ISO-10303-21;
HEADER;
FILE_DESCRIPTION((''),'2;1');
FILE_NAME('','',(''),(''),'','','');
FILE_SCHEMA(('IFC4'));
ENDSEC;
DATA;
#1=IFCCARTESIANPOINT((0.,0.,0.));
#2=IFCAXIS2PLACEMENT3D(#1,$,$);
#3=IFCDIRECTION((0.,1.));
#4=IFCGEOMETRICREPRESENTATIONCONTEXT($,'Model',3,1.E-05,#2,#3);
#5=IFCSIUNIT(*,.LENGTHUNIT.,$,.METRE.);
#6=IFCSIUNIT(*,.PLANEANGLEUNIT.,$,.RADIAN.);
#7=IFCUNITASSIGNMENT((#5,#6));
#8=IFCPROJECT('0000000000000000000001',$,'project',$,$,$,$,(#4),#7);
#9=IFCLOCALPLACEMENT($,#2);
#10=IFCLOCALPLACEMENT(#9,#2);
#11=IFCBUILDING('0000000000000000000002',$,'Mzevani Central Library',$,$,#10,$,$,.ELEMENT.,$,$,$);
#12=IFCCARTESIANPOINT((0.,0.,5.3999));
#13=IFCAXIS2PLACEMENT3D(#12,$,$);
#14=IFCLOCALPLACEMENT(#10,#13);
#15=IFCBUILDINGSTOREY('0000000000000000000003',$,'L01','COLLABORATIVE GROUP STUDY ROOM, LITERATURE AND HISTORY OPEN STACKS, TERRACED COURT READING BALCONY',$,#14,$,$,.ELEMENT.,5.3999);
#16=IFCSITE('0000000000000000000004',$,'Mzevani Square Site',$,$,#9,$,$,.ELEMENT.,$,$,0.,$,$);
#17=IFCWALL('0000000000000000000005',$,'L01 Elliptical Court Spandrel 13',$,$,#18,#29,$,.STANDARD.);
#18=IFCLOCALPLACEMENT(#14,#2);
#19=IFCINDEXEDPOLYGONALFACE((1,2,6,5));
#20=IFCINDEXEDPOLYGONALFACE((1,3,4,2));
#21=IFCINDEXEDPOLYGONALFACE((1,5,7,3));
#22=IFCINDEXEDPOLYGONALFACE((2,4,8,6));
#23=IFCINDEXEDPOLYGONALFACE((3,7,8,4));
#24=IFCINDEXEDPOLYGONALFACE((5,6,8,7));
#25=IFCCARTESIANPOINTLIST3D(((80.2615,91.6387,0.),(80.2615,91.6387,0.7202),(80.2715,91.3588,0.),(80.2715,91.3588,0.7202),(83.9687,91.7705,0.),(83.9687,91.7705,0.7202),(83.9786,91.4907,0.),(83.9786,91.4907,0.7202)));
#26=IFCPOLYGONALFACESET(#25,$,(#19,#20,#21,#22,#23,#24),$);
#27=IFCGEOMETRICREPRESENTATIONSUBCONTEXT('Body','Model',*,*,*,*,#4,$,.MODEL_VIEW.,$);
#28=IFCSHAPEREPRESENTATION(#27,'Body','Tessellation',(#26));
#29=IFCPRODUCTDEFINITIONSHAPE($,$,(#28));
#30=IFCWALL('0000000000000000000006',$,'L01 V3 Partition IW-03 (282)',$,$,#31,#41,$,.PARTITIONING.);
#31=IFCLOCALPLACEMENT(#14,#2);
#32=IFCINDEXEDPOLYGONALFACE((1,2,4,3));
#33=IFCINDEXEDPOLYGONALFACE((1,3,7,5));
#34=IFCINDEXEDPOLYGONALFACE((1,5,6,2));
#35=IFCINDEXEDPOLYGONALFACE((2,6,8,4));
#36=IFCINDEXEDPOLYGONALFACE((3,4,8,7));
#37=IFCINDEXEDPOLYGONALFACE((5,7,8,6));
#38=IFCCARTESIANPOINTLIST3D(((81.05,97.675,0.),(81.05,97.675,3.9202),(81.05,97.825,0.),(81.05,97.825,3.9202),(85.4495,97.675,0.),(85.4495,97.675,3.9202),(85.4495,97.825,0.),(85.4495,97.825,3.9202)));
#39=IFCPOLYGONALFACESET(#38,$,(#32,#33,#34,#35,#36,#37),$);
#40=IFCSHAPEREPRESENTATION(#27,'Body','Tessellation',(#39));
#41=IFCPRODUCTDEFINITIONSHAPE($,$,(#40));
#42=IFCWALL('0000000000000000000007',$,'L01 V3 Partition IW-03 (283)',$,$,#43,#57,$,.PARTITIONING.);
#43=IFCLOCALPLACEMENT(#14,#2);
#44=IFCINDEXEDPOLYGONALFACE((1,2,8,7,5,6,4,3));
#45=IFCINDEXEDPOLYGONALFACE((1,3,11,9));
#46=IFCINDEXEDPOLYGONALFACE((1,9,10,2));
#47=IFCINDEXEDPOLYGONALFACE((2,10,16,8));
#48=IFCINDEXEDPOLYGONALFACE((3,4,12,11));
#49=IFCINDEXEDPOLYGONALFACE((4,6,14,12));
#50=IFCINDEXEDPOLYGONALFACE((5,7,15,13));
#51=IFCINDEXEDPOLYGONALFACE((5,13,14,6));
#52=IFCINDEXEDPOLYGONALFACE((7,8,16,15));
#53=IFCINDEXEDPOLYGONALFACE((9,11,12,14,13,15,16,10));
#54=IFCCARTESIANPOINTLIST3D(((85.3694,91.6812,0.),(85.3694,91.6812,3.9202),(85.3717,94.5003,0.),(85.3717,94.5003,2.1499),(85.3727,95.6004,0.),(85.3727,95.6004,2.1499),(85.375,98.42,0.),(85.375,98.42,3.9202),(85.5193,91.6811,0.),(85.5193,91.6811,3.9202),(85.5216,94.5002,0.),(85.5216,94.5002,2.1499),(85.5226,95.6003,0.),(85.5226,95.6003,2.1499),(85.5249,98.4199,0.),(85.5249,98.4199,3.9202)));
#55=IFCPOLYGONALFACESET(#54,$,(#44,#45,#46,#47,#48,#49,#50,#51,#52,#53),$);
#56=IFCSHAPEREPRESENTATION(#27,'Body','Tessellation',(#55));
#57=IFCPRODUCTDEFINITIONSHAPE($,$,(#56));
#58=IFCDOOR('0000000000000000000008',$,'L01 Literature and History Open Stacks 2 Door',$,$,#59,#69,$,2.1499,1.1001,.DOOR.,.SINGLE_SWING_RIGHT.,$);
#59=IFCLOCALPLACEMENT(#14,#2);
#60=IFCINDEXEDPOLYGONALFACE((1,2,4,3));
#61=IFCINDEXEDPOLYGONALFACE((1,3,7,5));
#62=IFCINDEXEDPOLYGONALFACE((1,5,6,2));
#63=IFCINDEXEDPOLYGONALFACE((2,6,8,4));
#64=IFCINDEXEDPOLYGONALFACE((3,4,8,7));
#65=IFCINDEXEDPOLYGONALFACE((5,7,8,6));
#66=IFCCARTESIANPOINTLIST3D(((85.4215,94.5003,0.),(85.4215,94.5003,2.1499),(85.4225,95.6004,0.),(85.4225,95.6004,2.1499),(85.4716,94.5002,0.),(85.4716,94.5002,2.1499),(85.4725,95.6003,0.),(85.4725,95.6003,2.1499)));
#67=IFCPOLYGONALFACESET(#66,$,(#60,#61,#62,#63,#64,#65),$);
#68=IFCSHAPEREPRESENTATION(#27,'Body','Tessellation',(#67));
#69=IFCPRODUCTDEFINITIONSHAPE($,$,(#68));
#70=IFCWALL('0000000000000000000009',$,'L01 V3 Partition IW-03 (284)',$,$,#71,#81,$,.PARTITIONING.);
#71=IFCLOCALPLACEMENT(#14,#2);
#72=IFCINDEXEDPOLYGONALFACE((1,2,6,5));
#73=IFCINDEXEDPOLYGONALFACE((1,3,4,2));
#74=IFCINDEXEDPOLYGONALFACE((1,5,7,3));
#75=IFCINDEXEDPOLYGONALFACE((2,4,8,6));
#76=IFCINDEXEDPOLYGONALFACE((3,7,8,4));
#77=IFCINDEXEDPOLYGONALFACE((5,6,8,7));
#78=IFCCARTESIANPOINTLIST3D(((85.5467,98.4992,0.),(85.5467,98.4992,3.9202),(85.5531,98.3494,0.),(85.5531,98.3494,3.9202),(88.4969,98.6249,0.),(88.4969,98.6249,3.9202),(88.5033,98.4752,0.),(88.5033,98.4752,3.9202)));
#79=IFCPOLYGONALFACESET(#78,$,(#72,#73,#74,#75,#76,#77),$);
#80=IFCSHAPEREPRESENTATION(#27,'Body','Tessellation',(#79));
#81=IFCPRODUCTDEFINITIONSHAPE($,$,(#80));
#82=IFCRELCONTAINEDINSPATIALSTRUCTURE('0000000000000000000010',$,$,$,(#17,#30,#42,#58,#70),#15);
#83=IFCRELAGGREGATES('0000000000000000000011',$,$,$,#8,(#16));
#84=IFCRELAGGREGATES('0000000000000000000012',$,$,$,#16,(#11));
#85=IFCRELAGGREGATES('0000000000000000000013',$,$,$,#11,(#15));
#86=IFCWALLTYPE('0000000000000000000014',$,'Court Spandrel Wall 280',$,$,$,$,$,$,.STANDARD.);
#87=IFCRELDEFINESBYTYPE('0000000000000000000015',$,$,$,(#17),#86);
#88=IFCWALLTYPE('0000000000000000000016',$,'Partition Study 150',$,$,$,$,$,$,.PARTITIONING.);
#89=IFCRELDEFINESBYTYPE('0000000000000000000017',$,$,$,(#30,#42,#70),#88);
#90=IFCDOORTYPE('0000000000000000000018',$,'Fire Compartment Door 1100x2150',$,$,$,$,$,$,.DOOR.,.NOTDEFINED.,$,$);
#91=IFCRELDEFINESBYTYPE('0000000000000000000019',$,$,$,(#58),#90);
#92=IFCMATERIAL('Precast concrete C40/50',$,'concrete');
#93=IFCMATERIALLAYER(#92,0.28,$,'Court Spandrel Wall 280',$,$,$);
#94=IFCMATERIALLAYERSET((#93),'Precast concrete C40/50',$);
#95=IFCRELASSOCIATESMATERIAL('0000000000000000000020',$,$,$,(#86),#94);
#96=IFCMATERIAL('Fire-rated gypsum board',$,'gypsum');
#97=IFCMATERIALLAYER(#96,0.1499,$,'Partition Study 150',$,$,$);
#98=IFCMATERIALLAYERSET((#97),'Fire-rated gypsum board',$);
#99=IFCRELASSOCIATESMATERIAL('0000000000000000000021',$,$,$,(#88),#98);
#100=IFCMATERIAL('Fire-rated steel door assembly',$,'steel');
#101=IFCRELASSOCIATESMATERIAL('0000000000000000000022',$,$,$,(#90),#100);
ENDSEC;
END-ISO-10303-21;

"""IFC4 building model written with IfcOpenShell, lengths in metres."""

from ifc_helpers import new_model, si_unit, direction, frame, frame_2d, origin, place, context, subcontext, project, spatial, rectangle, extrude, material, layer, layer_set, type_object, element, fill, save


model = new_model("IFC4")

# Units and contexts
model_context = context("Model", 3, precision=1e-05, world=origin(), true_north=direction((0.0, 1.0)))
body_context = subcontext(model_context, "Body", "Model", "MODEL_VIEW")
ifc_project = project(units=[si_unit("LENGTHUNIT", "METRE"), si_unit("PLANEANGLEUNIT", "RADIAN")], contexts=[model_context])

# Site, building, storey
site_placement = place(None, origin())
site = spatial("IfcSite", under=ifc_project, at=site_placement, Name="Mzevani Square Site", CompositionType="ELEMENT", RefElevation=0.0)
building_placement = place(site_placement, origin())
building = spatial("IfcBuilding", under=site, at=building_placement, Name="Mzevani Central Library", CompositionType="ELEMENT")
storey_placement = place(building_placement, frame((0.0, 0.0, 5.3999)))
storey = spatial("IfcBuildingStorey", under=building, at=storey_placement, Name="L01", Description="COLLABORATIVE GROUP STUDY ROOM, LITERATURE AND HISTORY OPEN STACKS, TERRACED COURT READING BALCONY", CompositionType="ELEMENT", Elevation=5.3999)

# Walls
ifc_material_1 = material(Name="Precast concrete C40/50", Category="concrete")
ifc_layer_1 = layer(ifc_material_1, 0.28, Name="Court Spandrel Wall 280")
ifc_layer_set_1 = layer_set([ifc_layer_1], Name="Precast concrete C40/50")
wall_type_1 = type_object("IfcWallType", Name="Court Spandrel Wall 280", PredefinedType="STANDARD", material=ifc_layer_set_1)
wall_1_placement = place(storey_placement, frame((83.9736, 91.6306, 0.0), z_axis=(0.0, 0.0, 1.0), x_axis=(-0.999368, -0.035541, 0.0)))
element("IfcWall", 1, at=wall_1_placement, inside=storey, type_object=wall_type_1, Name="L01 Elliptical Court Spandrel 13", PredefinedType="STANDARD", context=body_context, shape_type="SweptSolid", body=[
    extrude(rectangle(XDim=3.7095, YDim=0.28, at=frame_2d((1.8547, 0.0))), origin(), (0.0, 0.0, 1.0), 0.7202),
])
ifc_material_2 = material(Name="Fire-rated gypsum board", Category="gypsum")
ifc_layer_2 = layer(ifc_material_2, 0.1499, Name="Partition Study 150")
ifc_layer_set_2 = layer_set([ifc_layer_2], Name="Fire-rated gypsum board")
wall_type_2 = type_object("IfcWallType", Name="Partition Study 150", PredefinedType="PARTITIONING", material=ifc_layer_set_2)
wall_2_placement = place(storey_placement, frame((81.05, 97.75, 0.0), z_axis=(0.0, 0.0, 1.0), x_axis=(1.0, 0.0, 0.0)))
element("IfcWall", 2, at=wall_2_placement, inside=storey, type_object=wall_type_2, Name="L01 V3 Partition IW-03 (282)", PredefinedType="PARTITIONING", context=body_context, shape_type="SweptSolid", body=[
    extrude(rectangle(XDim=4.3994, YDim=0.1499, at=frame_2d((2.1997, 0.0))), origin(), (0.0, 0.0, 1.0), 3.9202),
])

# Wall, opening, door
wall_3_placement = place(storey_placement, frame((85.45, 98.4199, 0.0), z_axis=(0.0, 0.0, 1.0), x_axis=(-0.000833, -1.0, 0.0)))
wall_3 = element("IfcWall", 3, at=wall_3_placement, inside=storey, type_object=wall_type_2, Name="L01 V3 Partition IW-03 (283)", PredefinedType="PARTITIONING", context=body_context, shape_type="SweptSolid", body=[
    extrude(rectangle(XDim=6.7388, YDim=0.1499, at=frame_2d((3.3694, 0.0))), origin(), (0.0, 0.0, 1.0), 3.9202),
])
opening_placement = place(wall_3_placement, frame((2.8196, 0.0, 0.0)))
opening = element("IfcOpeningElement", 4, at=opening_placement, cuts=wall_3, PredefinedType="OPENING", context=body_context, shape_type="SweptSolid", body=[
    extrude(rectangle(XDim=1.1001, YDim=2.1499, at=frame_2d((0.55, 1.075))), frame((0.0, 0.085, 0.0), z_axis=(0.0, -1.0, 0.0), x_axis=(1.0, 0.0, 0.0)), (0.0, 0.0, 1.0), 0.1699),
])
ifc_material_3 = material(Name="Fire-rated steel door assembly", Category="steel")
door_type = type_object("IfcDoorType", Name="Fire Compartment Door 1100x2150", OperationType="NOTDEFINED", PredefinedType="DOOR", material=ifc_material_3)
door_placement = place(opening_placement, origin())
door = element("IfcDoor", 5, at=door_placement, inside=storey, type_object=door_type, Name="L01 Literature and History Open Stacks 2 Door", OperationType="SINGLE_SWING_RIGHT", OverallHeight=2.1499, OverallWidth=1.1001, PredefinedType="DOOR", context=body_context, shape_type="SweptSolid", body=[
    extrude(rectangle(XDim=1.1001, YDim=2.1499, at=frame_2d((0.55, 1.075))), frame((0.0, 0.0249, 0.0), z_axis=(0.0, -1.0, 0.0), x_axis=(1.0, 0.0, 0.0)), (0.0, 0.0, 1.0), 0.05),
])
fill(opening, door)

# Wall
wall_4_placement = place(storey_placement, frame((85.5498, 98.4243, 0.0), z_axis=(0.0, 0.0, 1.0), x_axis=(0.999093, 0.04258, 0.0)))
element("IfcWall", 6, at=wall_4_placement, inside=storey, type_object=wall_type_2, Name="L01 V3 Partition IW-03 (284)", PredefinedType="PARTITIONING", context=body_context, shape_type="SweptSolid", body=[
    extrude(rectangle(XDim=2.9529, YDim=0.1499, at=frame_2d((1.4766, 0.0))), origin(), (0.0, 0.0, 1.0), 3.9202),
])

save(model, "model.ifc")
